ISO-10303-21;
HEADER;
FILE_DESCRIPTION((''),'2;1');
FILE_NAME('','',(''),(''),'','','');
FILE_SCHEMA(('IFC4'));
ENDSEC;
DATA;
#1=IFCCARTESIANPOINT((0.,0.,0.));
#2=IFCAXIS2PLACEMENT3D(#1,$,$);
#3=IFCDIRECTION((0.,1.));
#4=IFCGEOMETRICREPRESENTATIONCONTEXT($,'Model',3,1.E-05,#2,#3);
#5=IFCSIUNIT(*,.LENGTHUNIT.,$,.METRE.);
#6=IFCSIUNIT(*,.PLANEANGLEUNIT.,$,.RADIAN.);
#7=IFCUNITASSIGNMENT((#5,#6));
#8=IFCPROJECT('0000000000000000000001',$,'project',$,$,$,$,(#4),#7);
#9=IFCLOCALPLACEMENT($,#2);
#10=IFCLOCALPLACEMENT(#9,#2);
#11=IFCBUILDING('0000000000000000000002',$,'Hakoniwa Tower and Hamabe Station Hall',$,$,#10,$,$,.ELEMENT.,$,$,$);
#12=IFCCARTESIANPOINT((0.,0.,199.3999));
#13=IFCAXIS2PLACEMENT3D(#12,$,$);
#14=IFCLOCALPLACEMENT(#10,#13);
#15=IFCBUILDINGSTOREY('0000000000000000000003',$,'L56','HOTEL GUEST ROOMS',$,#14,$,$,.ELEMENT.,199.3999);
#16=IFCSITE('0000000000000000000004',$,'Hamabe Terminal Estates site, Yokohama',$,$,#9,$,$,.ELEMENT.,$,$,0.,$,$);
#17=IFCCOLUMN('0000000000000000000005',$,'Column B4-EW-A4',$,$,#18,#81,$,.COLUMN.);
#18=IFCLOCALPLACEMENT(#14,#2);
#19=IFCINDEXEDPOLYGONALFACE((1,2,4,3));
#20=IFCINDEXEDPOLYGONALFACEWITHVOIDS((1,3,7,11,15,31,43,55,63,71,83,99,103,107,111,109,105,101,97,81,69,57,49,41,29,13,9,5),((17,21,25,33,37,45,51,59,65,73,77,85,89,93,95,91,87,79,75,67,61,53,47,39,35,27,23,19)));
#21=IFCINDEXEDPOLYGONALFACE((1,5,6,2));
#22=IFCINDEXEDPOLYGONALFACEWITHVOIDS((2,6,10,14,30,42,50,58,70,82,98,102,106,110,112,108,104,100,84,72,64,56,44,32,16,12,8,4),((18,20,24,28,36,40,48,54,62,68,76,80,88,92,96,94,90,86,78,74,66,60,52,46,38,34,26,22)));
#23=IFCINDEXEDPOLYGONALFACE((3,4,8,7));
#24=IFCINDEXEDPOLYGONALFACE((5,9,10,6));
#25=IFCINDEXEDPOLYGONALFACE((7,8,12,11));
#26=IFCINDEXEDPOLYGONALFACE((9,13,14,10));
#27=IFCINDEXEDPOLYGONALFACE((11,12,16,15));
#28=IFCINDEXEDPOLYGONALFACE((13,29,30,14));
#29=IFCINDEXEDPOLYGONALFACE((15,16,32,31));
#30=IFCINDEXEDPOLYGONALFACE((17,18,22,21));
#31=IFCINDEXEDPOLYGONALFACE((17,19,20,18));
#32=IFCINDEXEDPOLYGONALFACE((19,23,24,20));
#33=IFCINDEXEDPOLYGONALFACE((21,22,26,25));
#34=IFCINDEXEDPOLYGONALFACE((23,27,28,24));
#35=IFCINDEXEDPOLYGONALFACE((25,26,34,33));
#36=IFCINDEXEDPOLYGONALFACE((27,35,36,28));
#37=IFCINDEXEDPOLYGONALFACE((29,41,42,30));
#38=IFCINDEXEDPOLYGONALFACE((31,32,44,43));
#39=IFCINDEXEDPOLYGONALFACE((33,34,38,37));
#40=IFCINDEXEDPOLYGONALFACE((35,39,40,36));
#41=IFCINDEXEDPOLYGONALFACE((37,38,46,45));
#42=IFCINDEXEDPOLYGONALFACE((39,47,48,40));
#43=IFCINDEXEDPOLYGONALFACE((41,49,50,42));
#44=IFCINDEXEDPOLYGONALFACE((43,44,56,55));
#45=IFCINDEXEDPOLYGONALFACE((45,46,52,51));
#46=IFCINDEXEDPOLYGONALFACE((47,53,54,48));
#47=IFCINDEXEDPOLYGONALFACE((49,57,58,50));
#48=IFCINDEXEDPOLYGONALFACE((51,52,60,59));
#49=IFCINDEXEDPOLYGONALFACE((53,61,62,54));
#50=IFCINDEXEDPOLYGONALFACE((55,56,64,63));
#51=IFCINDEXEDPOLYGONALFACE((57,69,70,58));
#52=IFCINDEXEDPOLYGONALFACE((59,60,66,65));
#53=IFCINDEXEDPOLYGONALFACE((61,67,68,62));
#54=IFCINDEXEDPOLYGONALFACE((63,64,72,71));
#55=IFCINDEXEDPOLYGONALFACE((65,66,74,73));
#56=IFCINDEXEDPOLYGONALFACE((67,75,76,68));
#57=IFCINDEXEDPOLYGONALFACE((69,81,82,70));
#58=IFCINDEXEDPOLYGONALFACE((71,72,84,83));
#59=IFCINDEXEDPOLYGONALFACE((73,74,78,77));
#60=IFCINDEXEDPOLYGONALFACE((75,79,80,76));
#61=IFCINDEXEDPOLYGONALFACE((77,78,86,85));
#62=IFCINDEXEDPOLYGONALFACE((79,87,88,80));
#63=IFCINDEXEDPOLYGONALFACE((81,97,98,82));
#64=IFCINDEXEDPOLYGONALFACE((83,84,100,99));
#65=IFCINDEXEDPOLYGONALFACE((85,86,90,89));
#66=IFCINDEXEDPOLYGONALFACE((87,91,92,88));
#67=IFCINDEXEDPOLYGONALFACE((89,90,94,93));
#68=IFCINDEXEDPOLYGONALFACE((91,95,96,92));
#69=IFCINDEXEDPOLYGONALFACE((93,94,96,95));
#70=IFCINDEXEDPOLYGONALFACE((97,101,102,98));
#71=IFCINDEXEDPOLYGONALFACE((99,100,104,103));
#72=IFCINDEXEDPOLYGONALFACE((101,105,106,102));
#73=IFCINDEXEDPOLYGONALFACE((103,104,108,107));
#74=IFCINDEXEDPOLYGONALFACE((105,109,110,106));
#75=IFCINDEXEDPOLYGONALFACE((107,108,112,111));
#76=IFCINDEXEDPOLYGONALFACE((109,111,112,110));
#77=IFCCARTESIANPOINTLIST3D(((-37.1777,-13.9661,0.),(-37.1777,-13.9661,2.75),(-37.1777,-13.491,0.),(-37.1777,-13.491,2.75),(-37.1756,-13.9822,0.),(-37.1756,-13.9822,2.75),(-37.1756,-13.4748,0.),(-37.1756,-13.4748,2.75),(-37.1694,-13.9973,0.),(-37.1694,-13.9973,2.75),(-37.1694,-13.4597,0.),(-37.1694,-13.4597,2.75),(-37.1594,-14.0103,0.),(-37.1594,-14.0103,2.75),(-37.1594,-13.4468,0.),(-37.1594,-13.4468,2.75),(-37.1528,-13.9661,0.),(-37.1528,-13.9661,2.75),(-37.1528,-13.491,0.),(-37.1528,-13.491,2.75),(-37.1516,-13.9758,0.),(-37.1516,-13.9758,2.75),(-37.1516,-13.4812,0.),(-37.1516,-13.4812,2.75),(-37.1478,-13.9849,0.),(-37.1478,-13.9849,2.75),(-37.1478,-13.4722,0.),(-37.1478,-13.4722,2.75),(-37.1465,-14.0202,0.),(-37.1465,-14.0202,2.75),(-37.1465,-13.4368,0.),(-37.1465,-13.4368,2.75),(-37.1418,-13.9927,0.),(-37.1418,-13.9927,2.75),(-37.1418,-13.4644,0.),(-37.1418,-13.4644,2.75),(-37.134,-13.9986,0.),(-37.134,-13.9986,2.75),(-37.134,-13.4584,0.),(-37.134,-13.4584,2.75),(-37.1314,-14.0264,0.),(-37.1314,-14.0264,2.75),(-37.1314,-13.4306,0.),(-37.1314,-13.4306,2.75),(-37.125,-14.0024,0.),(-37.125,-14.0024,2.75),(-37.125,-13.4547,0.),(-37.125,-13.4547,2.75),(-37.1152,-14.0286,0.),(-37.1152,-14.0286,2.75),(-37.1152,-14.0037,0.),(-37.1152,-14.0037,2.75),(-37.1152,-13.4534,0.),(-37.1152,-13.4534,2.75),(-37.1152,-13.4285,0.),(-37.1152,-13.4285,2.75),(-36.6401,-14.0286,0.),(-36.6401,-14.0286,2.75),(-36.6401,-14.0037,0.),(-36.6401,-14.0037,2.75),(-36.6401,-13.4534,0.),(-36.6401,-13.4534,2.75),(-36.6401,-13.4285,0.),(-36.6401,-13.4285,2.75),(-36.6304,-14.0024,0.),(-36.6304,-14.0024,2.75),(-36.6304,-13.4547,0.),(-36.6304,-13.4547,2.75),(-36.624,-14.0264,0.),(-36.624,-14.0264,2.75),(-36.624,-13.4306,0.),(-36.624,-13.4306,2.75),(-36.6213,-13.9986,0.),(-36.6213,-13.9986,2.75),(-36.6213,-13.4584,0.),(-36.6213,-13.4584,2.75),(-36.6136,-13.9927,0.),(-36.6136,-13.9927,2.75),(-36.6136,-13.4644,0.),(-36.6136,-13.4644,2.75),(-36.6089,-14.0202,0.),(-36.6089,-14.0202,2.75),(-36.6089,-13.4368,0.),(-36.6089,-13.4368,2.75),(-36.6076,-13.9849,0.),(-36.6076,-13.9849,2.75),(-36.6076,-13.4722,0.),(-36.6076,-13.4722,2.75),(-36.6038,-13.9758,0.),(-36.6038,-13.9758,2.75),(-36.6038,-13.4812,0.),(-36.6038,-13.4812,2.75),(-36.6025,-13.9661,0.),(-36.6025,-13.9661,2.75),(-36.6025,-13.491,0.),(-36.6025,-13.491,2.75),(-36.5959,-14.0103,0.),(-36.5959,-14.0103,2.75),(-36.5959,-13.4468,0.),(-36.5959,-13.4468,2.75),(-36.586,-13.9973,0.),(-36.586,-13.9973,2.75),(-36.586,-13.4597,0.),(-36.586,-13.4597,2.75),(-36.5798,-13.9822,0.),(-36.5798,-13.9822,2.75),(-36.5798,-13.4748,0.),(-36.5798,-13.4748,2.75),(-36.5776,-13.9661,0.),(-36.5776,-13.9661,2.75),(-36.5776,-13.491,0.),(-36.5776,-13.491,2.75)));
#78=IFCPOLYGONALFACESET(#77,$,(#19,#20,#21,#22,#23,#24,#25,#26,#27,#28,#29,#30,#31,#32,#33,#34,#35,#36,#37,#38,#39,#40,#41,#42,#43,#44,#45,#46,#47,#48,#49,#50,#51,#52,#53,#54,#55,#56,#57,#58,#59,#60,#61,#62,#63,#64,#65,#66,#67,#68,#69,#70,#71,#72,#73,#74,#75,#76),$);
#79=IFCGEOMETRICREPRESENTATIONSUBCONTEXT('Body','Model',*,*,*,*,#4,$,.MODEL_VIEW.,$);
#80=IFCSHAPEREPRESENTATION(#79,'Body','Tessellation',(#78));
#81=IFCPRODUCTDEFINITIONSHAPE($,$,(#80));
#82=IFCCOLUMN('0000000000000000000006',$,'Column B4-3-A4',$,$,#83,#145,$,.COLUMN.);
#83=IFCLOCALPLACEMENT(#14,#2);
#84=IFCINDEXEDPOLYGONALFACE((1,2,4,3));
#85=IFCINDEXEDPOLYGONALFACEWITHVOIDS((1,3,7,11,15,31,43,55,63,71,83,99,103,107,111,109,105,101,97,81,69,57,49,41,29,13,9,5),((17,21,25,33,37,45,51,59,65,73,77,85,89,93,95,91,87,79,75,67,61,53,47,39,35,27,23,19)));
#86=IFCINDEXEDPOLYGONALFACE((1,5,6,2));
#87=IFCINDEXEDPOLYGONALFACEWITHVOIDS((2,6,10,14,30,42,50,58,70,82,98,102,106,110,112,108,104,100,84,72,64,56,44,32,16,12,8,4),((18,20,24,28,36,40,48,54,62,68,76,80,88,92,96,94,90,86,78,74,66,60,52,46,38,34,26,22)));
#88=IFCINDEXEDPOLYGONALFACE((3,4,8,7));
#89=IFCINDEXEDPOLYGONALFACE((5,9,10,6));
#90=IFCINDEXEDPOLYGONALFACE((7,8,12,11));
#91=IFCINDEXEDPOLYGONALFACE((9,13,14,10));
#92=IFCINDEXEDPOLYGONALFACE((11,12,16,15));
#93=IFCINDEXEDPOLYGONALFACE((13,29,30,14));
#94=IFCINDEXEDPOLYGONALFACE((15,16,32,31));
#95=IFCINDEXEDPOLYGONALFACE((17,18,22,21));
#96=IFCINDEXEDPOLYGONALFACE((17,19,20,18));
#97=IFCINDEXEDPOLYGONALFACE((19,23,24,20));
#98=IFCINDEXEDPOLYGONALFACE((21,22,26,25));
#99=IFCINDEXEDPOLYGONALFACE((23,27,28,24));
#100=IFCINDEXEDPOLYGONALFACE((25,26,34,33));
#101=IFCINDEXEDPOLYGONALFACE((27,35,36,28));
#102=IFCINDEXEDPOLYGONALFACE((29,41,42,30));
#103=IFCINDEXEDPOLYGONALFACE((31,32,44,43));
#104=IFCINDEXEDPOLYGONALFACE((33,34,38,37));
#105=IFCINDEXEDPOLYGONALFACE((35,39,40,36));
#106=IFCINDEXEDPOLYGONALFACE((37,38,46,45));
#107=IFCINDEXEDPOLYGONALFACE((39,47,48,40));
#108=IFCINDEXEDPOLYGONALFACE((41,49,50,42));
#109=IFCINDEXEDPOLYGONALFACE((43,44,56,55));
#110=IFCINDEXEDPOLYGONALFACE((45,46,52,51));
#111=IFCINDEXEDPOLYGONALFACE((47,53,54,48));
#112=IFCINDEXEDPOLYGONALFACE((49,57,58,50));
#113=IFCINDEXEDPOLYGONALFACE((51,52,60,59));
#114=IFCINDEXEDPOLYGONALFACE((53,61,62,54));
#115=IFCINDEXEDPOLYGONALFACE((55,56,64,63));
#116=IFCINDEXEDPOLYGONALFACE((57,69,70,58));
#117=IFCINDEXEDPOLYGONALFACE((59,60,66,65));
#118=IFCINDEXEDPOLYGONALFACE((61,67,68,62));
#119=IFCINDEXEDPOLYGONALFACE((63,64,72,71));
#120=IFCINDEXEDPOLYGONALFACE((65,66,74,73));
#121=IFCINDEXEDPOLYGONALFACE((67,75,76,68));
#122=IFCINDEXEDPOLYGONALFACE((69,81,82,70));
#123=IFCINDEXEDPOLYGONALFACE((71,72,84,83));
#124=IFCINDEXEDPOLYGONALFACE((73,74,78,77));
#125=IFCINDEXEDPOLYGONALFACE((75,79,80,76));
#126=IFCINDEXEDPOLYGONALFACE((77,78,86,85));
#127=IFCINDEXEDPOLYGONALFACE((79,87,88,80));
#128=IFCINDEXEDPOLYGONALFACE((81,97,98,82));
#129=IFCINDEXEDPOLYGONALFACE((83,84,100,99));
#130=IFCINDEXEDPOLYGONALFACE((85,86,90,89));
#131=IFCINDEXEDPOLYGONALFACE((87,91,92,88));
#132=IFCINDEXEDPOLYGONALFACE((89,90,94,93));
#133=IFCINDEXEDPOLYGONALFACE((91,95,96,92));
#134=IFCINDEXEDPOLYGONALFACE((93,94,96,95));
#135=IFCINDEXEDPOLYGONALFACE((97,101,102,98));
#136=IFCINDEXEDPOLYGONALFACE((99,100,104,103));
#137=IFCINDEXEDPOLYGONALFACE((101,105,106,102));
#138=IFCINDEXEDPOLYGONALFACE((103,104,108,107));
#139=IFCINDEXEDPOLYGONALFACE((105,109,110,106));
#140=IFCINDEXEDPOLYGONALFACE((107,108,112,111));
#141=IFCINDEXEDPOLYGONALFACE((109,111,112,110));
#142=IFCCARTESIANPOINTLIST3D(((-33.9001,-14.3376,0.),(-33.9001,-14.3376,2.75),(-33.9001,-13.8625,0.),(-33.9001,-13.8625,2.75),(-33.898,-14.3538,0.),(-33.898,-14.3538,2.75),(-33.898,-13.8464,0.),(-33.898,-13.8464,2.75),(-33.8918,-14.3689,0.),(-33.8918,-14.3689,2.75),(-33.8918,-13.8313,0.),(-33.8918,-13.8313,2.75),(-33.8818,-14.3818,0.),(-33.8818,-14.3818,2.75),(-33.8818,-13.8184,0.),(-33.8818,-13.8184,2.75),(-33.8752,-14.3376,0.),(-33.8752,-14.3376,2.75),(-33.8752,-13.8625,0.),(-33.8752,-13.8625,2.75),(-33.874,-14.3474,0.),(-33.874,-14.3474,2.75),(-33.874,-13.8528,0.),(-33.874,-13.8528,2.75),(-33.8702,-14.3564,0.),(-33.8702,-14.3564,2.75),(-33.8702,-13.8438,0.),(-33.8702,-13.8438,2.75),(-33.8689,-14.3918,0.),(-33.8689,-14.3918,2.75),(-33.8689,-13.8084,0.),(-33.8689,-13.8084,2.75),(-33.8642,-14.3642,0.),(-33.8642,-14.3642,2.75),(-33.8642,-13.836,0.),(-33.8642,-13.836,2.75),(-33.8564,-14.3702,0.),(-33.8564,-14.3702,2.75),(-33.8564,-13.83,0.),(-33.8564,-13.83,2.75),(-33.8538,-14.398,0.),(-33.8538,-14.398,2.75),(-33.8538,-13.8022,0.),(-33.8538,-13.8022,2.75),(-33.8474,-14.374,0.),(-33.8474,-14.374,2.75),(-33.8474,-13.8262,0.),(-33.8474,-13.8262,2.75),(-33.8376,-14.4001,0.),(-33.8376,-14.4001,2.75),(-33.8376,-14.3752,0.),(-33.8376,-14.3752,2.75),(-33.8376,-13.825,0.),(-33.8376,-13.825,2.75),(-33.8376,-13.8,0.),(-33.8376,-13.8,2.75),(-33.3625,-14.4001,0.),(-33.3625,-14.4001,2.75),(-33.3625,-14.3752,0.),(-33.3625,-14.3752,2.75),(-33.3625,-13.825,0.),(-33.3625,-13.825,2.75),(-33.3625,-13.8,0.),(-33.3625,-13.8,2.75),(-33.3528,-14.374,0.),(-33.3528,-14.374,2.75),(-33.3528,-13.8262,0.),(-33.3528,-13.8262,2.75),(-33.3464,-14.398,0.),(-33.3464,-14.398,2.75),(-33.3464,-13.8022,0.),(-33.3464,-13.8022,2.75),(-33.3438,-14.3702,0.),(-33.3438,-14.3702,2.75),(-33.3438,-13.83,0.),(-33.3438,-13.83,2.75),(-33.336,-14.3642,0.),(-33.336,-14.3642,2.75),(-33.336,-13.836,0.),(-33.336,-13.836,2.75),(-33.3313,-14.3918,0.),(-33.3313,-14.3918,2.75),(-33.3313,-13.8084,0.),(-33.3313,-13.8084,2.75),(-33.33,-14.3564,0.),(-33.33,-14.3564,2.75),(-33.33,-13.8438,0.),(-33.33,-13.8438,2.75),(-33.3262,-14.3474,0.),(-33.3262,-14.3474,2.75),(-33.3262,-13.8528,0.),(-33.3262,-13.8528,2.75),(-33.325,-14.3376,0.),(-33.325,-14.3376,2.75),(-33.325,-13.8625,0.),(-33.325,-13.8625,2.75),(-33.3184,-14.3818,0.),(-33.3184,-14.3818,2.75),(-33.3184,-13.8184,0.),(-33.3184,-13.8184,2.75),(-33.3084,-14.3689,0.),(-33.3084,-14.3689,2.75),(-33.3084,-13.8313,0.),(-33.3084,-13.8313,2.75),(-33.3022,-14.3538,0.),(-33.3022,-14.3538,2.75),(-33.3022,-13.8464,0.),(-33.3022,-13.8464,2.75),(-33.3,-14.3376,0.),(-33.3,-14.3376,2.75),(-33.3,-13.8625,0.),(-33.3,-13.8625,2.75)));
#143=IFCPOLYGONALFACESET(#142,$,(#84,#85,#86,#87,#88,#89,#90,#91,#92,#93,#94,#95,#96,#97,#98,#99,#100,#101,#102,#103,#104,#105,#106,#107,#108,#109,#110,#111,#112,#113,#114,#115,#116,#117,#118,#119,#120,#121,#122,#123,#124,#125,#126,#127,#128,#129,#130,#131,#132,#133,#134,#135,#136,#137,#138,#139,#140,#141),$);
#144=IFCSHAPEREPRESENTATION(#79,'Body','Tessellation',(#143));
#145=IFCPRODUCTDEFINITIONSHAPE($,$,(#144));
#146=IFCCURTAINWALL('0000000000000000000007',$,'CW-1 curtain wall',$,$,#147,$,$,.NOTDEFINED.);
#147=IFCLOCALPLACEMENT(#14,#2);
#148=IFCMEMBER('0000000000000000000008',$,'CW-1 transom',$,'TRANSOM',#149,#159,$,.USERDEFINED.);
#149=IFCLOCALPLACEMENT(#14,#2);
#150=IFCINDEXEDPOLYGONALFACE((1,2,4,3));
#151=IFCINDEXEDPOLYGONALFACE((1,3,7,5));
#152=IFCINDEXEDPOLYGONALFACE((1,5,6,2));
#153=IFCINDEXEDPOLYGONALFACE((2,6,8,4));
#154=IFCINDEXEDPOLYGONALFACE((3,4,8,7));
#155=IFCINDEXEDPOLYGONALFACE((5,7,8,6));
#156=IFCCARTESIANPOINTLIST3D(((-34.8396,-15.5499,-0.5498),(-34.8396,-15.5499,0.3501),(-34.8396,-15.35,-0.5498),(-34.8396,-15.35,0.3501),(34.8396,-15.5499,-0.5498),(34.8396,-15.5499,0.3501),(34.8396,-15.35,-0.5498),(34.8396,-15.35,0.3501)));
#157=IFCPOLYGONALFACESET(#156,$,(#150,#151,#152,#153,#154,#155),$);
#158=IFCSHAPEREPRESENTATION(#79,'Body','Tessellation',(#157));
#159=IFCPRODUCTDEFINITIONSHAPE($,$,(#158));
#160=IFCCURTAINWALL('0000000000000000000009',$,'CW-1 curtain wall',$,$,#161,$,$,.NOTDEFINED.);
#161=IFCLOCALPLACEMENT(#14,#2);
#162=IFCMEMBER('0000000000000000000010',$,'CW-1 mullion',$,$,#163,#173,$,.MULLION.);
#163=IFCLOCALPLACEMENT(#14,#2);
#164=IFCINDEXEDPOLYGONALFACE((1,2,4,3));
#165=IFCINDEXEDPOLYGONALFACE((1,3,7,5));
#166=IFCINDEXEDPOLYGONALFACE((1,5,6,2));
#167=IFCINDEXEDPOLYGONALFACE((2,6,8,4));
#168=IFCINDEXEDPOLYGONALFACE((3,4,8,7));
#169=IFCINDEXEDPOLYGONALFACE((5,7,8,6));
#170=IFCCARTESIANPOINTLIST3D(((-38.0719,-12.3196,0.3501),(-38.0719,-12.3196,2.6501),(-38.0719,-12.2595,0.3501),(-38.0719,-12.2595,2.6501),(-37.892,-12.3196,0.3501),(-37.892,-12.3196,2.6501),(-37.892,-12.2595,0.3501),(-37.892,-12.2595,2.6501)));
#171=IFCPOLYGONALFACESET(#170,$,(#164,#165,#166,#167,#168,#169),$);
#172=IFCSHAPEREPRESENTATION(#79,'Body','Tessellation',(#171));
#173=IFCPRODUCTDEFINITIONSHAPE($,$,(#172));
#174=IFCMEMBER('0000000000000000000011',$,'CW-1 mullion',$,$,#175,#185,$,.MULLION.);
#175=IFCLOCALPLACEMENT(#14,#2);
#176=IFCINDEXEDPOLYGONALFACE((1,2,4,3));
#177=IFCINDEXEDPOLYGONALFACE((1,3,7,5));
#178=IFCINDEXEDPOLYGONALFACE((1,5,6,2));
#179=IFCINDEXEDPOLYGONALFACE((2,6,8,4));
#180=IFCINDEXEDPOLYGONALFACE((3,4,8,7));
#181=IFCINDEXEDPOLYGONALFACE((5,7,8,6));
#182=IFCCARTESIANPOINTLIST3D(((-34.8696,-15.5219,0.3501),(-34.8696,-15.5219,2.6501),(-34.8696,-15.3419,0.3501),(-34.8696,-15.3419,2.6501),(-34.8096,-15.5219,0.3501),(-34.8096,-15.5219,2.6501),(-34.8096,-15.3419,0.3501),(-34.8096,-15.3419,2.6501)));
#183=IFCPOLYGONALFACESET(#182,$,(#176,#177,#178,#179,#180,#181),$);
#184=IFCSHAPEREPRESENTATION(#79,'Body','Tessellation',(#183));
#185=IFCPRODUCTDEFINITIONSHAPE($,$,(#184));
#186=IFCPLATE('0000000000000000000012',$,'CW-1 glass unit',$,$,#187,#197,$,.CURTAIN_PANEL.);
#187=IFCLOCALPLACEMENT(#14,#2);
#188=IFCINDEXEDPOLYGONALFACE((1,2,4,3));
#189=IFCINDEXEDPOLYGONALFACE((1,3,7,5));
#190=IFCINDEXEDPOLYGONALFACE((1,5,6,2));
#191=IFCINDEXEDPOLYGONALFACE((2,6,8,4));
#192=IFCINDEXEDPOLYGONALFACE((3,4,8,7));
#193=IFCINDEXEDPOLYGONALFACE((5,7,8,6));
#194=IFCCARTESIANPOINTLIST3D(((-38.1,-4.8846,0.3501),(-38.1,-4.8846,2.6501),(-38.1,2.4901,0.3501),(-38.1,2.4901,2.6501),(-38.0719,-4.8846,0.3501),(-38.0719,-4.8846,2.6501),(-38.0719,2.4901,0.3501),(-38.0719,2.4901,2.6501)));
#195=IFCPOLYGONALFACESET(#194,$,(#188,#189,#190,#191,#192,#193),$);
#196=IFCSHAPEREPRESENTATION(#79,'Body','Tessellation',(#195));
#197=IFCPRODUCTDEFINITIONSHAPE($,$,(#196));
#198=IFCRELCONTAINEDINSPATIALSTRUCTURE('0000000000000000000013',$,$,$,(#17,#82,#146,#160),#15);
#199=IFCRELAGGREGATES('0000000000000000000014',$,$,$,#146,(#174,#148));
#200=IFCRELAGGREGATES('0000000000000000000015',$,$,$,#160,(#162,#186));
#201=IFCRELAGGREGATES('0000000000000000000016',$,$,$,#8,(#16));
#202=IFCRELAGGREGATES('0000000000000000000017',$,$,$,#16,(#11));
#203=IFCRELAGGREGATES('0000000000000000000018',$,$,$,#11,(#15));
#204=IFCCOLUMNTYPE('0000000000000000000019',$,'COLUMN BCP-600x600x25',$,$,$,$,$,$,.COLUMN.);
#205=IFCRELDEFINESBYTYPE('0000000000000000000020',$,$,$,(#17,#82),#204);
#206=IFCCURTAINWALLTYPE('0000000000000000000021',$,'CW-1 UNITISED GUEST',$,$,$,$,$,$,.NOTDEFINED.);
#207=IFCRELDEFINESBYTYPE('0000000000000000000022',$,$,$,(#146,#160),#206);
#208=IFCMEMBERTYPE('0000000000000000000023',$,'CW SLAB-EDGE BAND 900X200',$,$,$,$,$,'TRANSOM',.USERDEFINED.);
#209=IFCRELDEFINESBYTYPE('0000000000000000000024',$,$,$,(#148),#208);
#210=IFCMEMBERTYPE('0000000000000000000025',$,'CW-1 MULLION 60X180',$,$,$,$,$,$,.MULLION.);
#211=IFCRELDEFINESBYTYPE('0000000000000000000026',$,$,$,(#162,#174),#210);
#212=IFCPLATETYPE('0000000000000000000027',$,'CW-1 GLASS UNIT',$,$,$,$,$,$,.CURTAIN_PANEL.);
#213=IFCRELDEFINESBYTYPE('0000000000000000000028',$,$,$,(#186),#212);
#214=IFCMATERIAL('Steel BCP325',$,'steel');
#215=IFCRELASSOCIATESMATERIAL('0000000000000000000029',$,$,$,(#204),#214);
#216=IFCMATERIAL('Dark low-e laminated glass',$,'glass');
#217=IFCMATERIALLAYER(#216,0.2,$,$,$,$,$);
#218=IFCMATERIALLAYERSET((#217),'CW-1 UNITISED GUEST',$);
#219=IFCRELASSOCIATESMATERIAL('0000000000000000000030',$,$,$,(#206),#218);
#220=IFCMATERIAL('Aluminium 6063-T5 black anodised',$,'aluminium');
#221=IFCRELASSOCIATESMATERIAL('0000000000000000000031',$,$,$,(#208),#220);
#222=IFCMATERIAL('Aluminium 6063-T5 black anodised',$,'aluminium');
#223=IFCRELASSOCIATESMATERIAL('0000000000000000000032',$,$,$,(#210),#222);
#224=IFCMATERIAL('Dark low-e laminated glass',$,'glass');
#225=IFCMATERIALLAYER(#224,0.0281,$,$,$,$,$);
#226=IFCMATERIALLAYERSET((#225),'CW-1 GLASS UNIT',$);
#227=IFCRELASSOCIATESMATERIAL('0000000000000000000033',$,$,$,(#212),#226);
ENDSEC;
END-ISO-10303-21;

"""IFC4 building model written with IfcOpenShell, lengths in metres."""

from ifc_helpers import new_model, si_unit, direction, frame, origin, origin_2d, place, context, subcontext, project, spatial, rectangle, hollow_rectangle, extrude, material, layer, layer_set, material_profile, profile_set, type_object, element, aggregate, save


model = new_model("IFC4")

# Units and contexts
model_context = context("Model", 3, precision=1e-05, world=origin(), true_north=direction((0.0, 1.0)))
body_context = subcontext(model_context, "Body", "Model", "MODEL_VIEW")
ifc_project = project(units=[si_unit("LENGTHUNIT", "METRE"), si_unit("PLANEANGLEUNIT", "RADIAN")], contexts=[model_context])

# Site, building, storey
site_placement = place(None, origin())
site = spatial("IfcSite", under=ifc_project, at=site_placement, Name="Hamabe Terminal Estates site, Yokohama", CompositionType="ELEMENT", RefElevation=0.0)
building_placement = place(site_placement, origin())
building = spatial("IfcBuilding", under=site, at=building_placement, Name="Hakoniwa Tower and Hamabe Station Hall", CompositionType="ELEMENT")
storey_placement = place(building_placement, frame((0.0, 0.0, 199.3999)))
storey = spatial("IfcBuildingStorey", under=building, at=storey_placement, Name="L56", Description="HOTEL GUEST ROOMS", CompositionType="ELEMENT", Elevation=199.3999)

# Columns
ifc_material_1 = material(Name="Steel BCP325", Category="steel")
ifc_material_profile_1 = material_profile(ifc_material_1, hollow_rectangle(XDim=0.6001, YDim=0.6001, WallThickness=0.0249, InnerFilletRadius=0.0376, OuterFilletRadius=0.0625, at=origin_2d()), Name="BCP-600x600x25")
ifc_profile_set_1 = profile_set([ifc_material_profile_1], Name="Steel BCP325")
column_type = type_object("IfcColumnType", Name="COLUMN BCP-600x600x25", PredefinedType="COLUMN", material=ifc_profile_set_1)
for number, where, z_axis, x_axis, name in (
    (1, (-36.8777, -13.7285, 0.0), (0.0, 0.0, 1.0), (1.0, 0.0, 0.0), "Column B4-EW-A4"),
    (2, (-33.6001, -14.1001, 0.0), (0.0, 0.0, 1.0), (1.0, 0.0, 0.0), "Column B4-3-A4"),
):
    element("IfcColumn", number, at=place(storey_placement, frame(where, z_axis=z_axis, x_axis=x_axis)), inside=storey, type_object=column_type, Name=name, PredefinedType="COLUMN", context=body_context, shape_type="SweptSolid", body=[
        extrude(hollow_rectangle(XDim=0.6001, YDim=0.6001, WallThickness=0.0249, InnerFilletRadius=0.0376, OuterFilletRadius=0.0625, at=origin_2d()), origin(), (0.0, 0.0, 1.0), 2.75),
    ])

# Curtain walls, members
ifc_material_2 = material(Name="Dark low-e laminated glass", Category="glass")
ifc_layer_1 = layer(ifc_material_2, 0.2)
ifc_layer_set_1 = layer_set([ifc_layer_1], Name="CW-1 UNITISED GUEST")
curtain_wall_type = type_object("IfcCurtainWallType", Name="CW-1 UNITISED GUEST", PredefinedType="NOTDEFINED", material=ifc_layer_set_1)
curtain_wall_1_placement = place(storey_placement, origin())
curtain_wall_1 = element("IfcCurtainWall", 3, at=curtain_wall_1_placement, inside=storey, type_object=curtain_wall_type, Name="CW-1 curtain wall", PredefinedType="NOTDEFINED")
ifc_material_3 = material(Name="Aluminium 6063-T5 black anodised", Category="aluminium")
ifc_material_profile_2 = material_profile(ifc_material_3, rectangle(XDim=0.2, YDim=0.8999, at=origin_2d()), Name="CW SLAB-EDGE BAND 900X200")
ifc_profile_set_2 = profile_set([ifc_material_profile_2], Name="Aluminium 6063-T5 black anodised")
member_type_1 = type_object("IfcMemberType", Name="CW SLAB-EDGE BAND 900X200", ElementType="TRANSOM", PredefinedType="USERDEFINED", material=ifc_profile_set_2)
member_1_placement = place(storey_placement, frame((-34.8396, -15.45, -0.0999), z_axis=(1.0, 0.0, 0.0), x_axis=(0.0, 1.0, 0.0)))
member_1 = element("IfcMember", 4, at=member_1_placement, type_object=member_type_1, Name="CW-1 transom", ObjectType="TRANSOM", PredefinedType="USERDEFINED", context=body_context, shape_type="SweptSolid", body=[
    extrude(rectangle(XDim=0.2, YDim=0.8999, at=origin_2d()), origin(), (0.0, 0.0, 1.0), 69.6792),
])
curtain_wall_2_placement = place(storey_placement, origin())
curtain_wall_2 = element("IfcCurtainWall", 5, at=curtain_wall_2_placement, inside=storey, type_object=curtain_wall_type, Name="CW-1 curtain wall", PredefinedType="NOTDEFINED")
ifc_material_4 = material(Name="Aluminium 6063-T5 black anodised", Category="aluminium")
ifc_material_profile_3 = material_profile(ifc_material_4, rectangle(XDim=0.0601, YDim=0.1799, at=origin_2d()), Name="CW-1 MULLION 60X180")
ifc_profile_set_3 = profile_set([ifc_material_profile_3], Name="Aluminium 6063-T5 black anodised")
member_type_2 = type_object("IfcMemberType", Name="CW-1 MULLION 60X180", PredefinedType="MULLION", material=ifc_profile_set_3)
member_2_placement = place(storey_placement, frame((-37.9819, -12.2896, 0.3501), z_axis=(0.0, 0.0, 1.0), x_axis=(0.0, -1.0, 0.0)))
member_2 = element("IfcMember", 6, at=member_2_placement, type_object=member_type_2, Name="CW-1 mullion", PredefinedType="MULLION", context=body_context, shape_type="SweptSolid", body=[
    extrude(rectangle(XDim=0.0601, YDim=0.1799, at=origin_2d()), origin(), (0.0, 0.0, 1.0), 2.3),
])

# Member
member_3_placement = place(storey_placement, frame((-34.8396, -15.4319, 0.3501), z_axis=(0.0, 0.0, 1.0), x_axis=(1.0, 0.0, 0.0)))
member_3 = element("IfcMember", 7, at=member_3_placement, type_object=member_type_2, Name="CW-1 mullion", PredefinedType="MULLION", context=body_context, shape_type="SweptSolid", body=[
    extrude(rectangle(XDim=0.0601, YDim=0.1799, at=origin_2d()), origin(), (0.0, 0.0, 1.0), 2.3),
])
aggregate(curtain_wall_1, [member_3, member_1])

# Plate
ifc_material_5 = material(Name="Dark low-e laminated glass", Category="glass")
ifc_layer_2 = layer(ifc_material_5, 0.0281)
ifc_layer_set_2 = layer_set([ifc_layer_2], Name="CW-1 GLASS UNIT")
plate_type = type_object("IfcPlateType", Name="CW-1 GLASS UNIT", PredefinedType="CURTAIN_PANEL", material=ifc_layer_set_2)
plate_1_placement = place(storey_placement, frame((-38.0859, -1.1973, 0.3501), z_axis=(0.0, 0.0, 1.0), x_axis=(0.0, -1.0, 0.0)))
plate_1 = element("IfcPlate", 8, at=plate_1_placement, type_object=plate_type, Name="CW-1 glass unit", PredefinedType="CURTAIN_PANEL", context=body_context, shape_type="SweptSolid", body=[
    extrude(rectangle(XDim=7.3748, YDim=0.0281, at=origin_2d()), origin(), (0.0, 0.0, 1.0), 2.3),
])
aggregate(curtain_wall_2, [member_2, plate_1])

save(model, "model.ifc")
